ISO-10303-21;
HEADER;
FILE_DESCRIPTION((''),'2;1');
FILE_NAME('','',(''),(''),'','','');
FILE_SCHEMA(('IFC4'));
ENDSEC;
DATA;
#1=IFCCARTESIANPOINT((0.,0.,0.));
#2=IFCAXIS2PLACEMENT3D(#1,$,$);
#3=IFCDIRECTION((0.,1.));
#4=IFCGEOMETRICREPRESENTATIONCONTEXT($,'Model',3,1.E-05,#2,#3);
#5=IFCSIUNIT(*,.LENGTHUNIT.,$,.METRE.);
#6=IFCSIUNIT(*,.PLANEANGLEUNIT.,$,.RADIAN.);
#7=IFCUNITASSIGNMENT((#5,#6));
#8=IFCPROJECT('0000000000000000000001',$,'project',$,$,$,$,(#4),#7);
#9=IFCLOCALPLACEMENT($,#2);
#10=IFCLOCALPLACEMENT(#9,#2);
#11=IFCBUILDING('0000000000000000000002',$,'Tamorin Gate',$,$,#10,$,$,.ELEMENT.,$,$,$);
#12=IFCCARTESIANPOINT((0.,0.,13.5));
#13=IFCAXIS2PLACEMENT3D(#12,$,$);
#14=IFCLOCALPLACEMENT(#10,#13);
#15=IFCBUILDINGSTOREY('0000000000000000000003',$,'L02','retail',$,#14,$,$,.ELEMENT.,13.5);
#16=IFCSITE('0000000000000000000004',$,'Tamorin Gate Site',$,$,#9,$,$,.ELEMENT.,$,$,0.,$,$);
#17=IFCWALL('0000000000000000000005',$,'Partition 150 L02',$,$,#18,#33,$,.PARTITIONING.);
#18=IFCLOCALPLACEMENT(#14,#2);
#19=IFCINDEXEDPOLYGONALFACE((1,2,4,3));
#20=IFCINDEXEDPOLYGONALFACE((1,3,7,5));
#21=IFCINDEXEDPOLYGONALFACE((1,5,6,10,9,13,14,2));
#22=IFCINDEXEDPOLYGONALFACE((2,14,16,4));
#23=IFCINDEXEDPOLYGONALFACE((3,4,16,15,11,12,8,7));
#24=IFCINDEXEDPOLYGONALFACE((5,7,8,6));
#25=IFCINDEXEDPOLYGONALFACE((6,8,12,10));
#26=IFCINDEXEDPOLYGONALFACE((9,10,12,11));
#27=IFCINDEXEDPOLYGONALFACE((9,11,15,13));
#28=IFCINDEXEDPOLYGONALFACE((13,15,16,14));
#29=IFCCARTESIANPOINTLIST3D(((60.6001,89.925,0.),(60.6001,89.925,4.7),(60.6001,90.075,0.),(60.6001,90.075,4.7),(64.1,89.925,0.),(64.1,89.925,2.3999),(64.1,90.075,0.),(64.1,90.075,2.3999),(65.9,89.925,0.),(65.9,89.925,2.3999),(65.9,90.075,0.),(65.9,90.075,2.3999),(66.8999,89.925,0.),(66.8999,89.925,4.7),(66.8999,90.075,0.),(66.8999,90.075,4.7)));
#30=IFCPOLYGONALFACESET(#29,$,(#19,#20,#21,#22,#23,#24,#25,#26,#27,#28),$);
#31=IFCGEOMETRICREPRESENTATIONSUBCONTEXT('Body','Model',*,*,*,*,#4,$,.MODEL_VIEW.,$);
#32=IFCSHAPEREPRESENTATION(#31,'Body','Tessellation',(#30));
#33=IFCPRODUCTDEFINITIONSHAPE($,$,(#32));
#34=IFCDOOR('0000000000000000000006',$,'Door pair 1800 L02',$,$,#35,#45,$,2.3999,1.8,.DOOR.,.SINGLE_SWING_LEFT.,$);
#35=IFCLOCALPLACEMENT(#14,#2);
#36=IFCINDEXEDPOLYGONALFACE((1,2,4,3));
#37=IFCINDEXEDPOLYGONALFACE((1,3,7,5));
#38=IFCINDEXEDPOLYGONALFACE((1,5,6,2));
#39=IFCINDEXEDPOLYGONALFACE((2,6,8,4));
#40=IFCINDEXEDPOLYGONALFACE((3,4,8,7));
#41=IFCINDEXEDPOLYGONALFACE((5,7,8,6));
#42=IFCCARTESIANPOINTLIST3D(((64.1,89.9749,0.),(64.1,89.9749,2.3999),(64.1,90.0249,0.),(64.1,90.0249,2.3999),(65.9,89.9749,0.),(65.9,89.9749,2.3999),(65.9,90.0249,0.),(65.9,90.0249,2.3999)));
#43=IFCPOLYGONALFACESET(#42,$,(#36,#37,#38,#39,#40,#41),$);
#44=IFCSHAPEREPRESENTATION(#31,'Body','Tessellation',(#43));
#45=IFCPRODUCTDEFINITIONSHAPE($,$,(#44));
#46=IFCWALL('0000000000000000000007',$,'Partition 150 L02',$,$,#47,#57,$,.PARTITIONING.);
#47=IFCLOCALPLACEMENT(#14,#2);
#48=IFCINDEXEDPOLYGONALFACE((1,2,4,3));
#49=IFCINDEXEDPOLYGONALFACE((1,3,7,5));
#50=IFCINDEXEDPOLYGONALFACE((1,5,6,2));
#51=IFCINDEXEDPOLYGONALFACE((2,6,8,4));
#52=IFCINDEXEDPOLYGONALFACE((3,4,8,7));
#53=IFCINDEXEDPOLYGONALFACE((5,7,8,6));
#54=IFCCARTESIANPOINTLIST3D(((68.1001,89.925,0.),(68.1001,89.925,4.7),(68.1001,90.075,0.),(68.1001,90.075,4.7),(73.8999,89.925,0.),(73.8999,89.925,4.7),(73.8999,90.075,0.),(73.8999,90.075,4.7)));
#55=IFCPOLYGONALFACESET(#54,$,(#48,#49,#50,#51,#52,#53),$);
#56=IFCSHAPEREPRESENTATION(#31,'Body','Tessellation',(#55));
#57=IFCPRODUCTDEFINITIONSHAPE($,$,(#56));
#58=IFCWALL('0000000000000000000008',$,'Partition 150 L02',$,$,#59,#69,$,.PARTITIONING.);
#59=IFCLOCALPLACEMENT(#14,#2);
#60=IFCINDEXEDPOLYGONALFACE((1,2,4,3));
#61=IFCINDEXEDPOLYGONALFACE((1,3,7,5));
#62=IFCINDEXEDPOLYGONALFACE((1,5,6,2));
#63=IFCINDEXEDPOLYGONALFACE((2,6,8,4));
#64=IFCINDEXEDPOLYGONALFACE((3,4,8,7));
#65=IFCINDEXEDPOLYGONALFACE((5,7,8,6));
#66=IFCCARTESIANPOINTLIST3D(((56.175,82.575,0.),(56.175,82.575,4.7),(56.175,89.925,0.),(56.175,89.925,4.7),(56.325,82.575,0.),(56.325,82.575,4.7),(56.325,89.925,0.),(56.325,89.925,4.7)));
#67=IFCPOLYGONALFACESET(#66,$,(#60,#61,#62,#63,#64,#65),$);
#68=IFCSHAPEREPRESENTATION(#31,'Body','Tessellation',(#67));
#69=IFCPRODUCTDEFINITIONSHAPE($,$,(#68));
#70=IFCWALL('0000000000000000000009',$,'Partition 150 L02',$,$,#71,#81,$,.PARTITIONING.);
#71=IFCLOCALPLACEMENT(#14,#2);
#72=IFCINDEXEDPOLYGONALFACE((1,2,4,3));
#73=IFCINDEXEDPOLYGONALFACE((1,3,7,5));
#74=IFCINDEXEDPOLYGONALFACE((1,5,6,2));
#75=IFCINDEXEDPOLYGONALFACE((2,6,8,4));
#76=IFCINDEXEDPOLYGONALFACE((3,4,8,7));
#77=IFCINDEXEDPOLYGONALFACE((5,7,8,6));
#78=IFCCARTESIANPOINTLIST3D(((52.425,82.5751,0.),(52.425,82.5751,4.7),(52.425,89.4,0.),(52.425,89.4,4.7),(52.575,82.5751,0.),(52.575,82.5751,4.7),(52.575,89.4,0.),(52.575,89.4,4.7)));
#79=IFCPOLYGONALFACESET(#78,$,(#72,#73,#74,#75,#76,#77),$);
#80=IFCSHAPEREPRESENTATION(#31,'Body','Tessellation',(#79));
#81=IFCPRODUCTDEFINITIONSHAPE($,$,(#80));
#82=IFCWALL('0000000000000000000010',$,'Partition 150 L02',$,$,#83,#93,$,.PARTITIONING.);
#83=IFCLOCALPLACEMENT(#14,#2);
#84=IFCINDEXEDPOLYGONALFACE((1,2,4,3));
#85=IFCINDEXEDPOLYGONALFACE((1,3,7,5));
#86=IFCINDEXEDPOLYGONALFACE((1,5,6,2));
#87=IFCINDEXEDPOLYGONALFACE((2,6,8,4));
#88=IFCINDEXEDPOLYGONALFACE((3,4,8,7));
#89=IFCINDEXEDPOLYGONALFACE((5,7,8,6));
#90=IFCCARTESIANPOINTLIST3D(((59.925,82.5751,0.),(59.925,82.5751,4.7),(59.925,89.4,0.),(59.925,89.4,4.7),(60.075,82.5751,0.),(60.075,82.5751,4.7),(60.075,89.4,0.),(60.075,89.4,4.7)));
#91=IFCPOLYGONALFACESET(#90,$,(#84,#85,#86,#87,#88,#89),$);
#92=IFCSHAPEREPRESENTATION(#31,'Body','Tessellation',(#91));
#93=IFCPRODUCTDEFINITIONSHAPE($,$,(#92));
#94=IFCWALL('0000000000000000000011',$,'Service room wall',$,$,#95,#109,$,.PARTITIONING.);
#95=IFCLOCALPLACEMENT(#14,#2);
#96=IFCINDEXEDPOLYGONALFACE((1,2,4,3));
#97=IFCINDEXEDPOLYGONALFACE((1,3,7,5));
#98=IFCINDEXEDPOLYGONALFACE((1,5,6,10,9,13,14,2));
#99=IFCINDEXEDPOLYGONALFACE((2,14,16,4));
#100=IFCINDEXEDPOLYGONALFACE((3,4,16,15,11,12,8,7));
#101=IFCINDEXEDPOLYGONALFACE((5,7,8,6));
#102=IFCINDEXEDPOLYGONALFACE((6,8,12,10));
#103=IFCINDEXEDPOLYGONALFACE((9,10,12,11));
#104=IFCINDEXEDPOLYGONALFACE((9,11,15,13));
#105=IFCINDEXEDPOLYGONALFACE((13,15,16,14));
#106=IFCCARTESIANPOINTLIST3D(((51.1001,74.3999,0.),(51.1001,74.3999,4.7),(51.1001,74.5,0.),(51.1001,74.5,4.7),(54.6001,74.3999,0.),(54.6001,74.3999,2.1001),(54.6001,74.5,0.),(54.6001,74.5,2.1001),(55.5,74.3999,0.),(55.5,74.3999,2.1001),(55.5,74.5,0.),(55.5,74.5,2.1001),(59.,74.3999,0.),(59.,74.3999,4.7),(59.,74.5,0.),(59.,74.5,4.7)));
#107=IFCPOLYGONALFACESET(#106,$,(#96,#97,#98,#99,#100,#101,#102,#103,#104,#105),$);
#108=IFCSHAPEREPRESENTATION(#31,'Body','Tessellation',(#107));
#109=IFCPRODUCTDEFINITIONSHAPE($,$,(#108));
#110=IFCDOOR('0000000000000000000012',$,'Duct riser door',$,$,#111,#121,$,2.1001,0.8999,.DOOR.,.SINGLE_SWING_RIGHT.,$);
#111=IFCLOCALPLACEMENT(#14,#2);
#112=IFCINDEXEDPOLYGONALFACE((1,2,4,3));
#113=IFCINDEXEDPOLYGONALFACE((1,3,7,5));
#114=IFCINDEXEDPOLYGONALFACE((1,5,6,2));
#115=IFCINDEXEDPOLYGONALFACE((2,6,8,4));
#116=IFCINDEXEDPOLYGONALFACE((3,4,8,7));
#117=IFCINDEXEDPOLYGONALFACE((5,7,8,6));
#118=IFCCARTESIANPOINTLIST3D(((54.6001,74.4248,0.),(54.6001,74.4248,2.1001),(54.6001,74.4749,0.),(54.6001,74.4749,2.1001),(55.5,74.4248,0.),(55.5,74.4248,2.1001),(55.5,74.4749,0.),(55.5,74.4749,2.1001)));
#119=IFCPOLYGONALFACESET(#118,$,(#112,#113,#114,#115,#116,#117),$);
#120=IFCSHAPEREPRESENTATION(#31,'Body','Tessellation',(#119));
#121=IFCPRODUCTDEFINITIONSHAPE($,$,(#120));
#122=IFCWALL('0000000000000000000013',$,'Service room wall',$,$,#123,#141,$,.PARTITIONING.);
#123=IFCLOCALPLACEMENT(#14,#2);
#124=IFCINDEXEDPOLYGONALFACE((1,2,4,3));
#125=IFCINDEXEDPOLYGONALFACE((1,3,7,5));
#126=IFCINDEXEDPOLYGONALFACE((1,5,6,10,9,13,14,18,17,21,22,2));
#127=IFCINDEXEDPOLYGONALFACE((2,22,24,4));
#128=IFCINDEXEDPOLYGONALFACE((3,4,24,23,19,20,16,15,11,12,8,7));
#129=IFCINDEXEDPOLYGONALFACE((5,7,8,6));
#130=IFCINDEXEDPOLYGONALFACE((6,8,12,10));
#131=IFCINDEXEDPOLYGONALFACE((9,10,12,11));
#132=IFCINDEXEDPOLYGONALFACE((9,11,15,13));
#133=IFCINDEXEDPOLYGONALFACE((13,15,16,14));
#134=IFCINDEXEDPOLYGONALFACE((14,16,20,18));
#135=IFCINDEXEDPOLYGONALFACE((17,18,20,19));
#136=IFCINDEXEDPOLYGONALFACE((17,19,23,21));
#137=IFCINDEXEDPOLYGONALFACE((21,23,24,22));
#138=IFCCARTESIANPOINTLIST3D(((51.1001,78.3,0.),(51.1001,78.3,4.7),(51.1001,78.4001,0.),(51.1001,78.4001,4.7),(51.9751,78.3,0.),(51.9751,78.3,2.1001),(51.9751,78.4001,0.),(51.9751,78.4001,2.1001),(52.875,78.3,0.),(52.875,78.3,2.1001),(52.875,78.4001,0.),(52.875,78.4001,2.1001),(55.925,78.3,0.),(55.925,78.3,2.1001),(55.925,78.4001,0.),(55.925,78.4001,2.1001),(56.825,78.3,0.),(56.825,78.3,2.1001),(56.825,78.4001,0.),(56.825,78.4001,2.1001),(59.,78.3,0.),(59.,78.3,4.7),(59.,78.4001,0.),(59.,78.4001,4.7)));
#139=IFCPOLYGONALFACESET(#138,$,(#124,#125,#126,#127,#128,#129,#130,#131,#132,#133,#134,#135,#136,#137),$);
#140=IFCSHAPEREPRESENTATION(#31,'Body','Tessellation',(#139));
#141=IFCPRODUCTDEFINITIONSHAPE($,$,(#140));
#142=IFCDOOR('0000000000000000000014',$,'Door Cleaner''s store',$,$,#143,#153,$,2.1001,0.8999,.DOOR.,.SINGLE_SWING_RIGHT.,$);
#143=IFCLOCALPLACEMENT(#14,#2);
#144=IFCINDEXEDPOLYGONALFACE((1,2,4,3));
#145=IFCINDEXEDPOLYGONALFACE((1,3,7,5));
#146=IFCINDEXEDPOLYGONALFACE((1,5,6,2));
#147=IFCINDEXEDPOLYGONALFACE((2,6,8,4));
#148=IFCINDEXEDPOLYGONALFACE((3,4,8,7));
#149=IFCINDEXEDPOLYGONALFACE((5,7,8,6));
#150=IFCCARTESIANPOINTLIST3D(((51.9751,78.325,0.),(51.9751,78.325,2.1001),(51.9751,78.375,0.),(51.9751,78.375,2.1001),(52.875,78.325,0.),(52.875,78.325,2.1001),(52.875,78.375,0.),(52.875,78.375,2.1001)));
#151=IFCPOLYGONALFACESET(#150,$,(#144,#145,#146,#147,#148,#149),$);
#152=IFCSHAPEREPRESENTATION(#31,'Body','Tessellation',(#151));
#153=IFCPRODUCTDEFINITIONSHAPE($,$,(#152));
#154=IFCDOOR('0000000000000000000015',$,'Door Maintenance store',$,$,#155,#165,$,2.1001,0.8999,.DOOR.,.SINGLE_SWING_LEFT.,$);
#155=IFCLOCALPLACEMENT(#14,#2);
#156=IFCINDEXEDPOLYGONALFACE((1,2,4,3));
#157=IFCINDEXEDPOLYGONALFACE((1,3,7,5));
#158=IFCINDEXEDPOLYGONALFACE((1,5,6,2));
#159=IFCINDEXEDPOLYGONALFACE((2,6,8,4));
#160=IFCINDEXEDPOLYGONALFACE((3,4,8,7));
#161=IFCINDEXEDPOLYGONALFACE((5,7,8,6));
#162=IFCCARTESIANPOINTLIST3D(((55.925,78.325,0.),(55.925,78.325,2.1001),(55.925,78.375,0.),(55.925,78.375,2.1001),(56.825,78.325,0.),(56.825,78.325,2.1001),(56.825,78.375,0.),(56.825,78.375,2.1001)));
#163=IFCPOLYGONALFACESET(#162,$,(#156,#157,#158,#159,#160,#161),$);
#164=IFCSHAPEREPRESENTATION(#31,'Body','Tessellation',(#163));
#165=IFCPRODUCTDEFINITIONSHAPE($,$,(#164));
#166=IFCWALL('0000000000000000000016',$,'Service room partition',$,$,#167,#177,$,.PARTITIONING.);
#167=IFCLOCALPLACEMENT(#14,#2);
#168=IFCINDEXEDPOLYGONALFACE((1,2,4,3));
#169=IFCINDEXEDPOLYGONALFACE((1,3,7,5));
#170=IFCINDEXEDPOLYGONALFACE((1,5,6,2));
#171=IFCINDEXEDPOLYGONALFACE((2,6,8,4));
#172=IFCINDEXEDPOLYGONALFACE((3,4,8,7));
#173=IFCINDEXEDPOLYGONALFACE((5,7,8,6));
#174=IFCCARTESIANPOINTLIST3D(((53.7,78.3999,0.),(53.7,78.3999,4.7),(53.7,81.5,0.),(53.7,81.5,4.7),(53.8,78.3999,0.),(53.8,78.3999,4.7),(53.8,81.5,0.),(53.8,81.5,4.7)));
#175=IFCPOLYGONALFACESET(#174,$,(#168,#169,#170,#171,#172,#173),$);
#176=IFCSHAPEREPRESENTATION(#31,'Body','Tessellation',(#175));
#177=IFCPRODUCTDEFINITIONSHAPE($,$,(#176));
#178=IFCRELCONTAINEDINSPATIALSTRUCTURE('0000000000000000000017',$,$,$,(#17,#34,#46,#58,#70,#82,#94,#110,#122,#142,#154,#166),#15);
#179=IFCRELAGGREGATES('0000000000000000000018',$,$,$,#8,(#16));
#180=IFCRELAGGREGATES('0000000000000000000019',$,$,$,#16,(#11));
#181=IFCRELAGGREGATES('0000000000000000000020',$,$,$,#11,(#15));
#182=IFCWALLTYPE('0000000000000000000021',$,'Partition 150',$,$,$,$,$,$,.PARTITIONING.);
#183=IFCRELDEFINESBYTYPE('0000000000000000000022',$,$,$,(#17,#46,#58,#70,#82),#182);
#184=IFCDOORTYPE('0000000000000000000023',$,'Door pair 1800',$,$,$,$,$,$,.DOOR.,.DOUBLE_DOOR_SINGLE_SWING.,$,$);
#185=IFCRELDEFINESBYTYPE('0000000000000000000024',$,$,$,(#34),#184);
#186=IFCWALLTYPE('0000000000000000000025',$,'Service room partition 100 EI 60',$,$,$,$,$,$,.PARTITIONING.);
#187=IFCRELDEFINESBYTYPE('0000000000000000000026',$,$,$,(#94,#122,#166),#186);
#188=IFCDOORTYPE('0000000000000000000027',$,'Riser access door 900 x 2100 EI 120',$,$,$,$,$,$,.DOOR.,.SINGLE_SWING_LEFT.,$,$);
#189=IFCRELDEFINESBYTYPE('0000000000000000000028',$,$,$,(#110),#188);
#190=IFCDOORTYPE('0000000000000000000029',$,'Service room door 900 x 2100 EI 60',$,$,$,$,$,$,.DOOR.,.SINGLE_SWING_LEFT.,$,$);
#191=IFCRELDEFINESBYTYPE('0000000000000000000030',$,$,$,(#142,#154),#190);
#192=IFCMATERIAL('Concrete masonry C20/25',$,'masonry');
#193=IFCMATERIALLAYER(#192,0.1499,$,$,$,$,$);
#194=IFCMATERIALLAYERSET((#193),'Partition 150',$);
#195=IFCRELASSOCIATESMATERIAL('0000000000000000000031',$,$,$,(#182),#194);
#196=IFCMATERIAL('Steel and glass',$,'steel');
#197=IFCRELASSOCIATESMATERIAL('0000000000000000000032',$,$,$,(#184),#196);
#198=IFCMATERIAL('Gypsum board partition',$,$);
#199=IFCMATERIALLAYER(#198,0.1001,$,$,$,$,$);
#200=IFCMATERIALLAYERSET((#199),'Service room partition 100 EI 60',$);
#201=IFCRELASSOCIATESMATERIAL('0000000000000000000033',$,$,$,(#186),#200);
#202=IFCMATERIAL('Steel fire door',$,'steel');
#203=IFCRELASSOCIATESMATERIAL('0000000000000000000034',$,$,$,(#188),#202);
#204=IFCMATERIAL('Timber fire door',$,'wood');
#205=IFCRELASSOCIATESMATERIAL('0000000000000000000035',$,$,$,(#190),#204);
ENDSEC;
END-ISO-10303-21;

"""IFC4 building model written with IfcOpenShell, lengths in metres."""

from ifc_helpers import new_model, si_unit, direction, frame, frame_2d, origin, place, context, subcontext, project, spatial, rectangle, extrude, material, layer, layer_set, type_object, element, fill, save


model = new_model("IFC4")

# Units and contexts
model_context = context("Model", 3, precision=1e-05, world=origin(), true_north=direction((0.0, 1.0)))
body_context = subcontext(model_context, "Body", "Model", "MODEL_VIEW")
ifc_project = project(units=[si_unit("LENGTHUNIT", "METRE"), si_unit("PLANEANGLEUNIT", "RADIAN")], contexts=[model_context])

# Site, building, storey
site_placement = place(None, origin())
site = spatial("IfcSite", under=ifc_project, at=site_placement, Name="Tamorin Gate Site", CompositionType="ELEMENT", RefElevation=0.0)
building_placement = place(site_placement, origin())
building = spatial("IfcBuilding", under=site, at=building_placement, Name="Tamorin Gate", CompositionType="ELEMENT")
storey_placement = place(building_placement, frame((0.0, 0.0, 13.5)))
storey = spatial("IfcBuildingStorey", under=building, at=storey_placement, Name="L02", Description="retail", CompositionType="ELEMENT", Elevation=13.5)

# Wall, opening, door
ifc_material_1 = material(Name="Concrete masonry C20/25", Category="masonry")
ifc_layer_1 = layer(ifc_material_1, 0.1499)
ifc_layer_set_1 = layer_set([ifc_layer_1], Name="Partition 150")
wall_type_1 = type_object("IfcWallType", Name="Partition 150", PredefinedType="PARTITIONING", material=ifc_layer_set_1)
wall_1_placement = place(storey_placement, frame((60.6001, 90.0, 0.0), z_axis=(0.0, 0.0, 1.0), x_axis=(1.0, 0.0, 0.0)))
wall_1 = element("IfcWall", 1, at=wall_1_placement, inside=storey, type_object=wall_type_1, Name="Partition 150 L02", PredefinedType="PARTITIONING", context=body_context, shape_type="SweptSolid", body=[
    extrude(rectangle(XDim=6.2998, YDim=0.1499, at=frame_2d((3.1499, 0.0))), origin(), (0.0, 0.0, 1.0), 4.7),
])
opening_1_placement = place(wall_1_placement, frame((3.5, 0.0, 0.0)))
opening_1 = element("IfcOpeningElement", 2, at=opening_1_placement, cuts=wall_1, PredefinedType="OPENING", context=body_context, shape_type="SweptSolid", body=[
    extrude(rectangle(XDim=1.8, YDim=2.3999, at=frame_2d((0.8999, 1.2))), frame((0.0, 0.085, 0.0), z_axis=(0.0, -1.0, 0.0), x_axis=(1.0, 0.0, 0.0)), (0.0, 0.0, 1.0), 0.1699),
])
ifc_material_2 = material(Name="Steel and glass", Category="steel")
door_type_1 = type_object("IfcDoorType", Name="Door pair 1800", OperationType="DOUBLE_DOOR_SINGLE_SWING", PredefinedType="DOOR", material=ifc_material_2)
door_1_placement = place(opening_1_placement, origin())
door_1 = element("IfcDoor", 3, at=door_1_placement, inside=storey, type_object=door_type_1, Name="Door pair 1800 L02", OperationType="SINGLE_SWING_LEFT", OverallHeight=2.3999, OverallWidth=1.8, PredefinedType="DOOR", context=body_context, shape_type="SweptSolid", body=[
    extrude(rectangle(XDim=1.8, YDim=2.3999, at=frame_2d((0.8999, 1.2))), frame((0.0, 0.0249, 0.0), z_axis=(0.0, -1.0, 0.0), x_axis=(1.0, 0.0, 0.0)), (0.0, 0.0, 1.0), 0.05),
])
fill(opening_1, door_1)

# Walls
wall_2_placement = place(storey_placement, frame((68.1001, 90.0, 0.0), z_axis=(0.0, 0.0, 1.0), x_axis=(1.0, 0.0, 0.0)))
element("IfcWall", 4, at=wall_2_placement, inside=storey, type_object=wall_type_1, Name="Partition 150 L02", PredefinedType="PARTITIONING", context=body_context, shape_type="SweptSolid", body=[
    extrude(rectangle(XDim=5.7998, YDim=0.1499, at=frame_2d((2.8999, 0.0))), origin(), (0.0, 0.0, 1.0), 4.7),
])
wall_3_placement = place(storey_placement, frame((56.25, 82.575, 0.0), z_axis=(0.0, 0.0, 1.0), x_axis=(0.0, 1.0, 0.0)))
element("IfcWall", 5, at=wall_3_placement, inside=storey, type_object=wall_type_1, Name="Partition 150 L02", PredefinedType="PARTITIONING", context=body_context, shape_type="SweptSolid", body=[
    extrude(rectangle(XDim=7.3501, YDim=0.1499, at=frame_2d((3.675, 0.0))), origin(), (0.0, 0.0, 1.0), 4.7),
])
for number, where, z_axis, x_axis, name in (
    (6, (52.5, 82.575, 0.0), (0.0, 0.0, 1.0), (0.0, 1.0, 0.0), "Partition 150 L02"),
    (7, (60.0, 82.575, 0.0), (0.0, 0.0, 1.0), (0.0, 1.0, 0.0), "Partition 150 L02"),
):
    element("IfcWall", number, at=place(storey_placement, frame(where, z_axis=z_axis, x_axis=x_axis)), inside=storey, type_object=wall_type_1, Name=name, PredefinedType="PARTITIONING", context=body_context, shape_type="SweptSolid", body=[
        extrude(rectangle(XDim=6.825, YDim=0.1499, at=frame_2d((3.4126, 0.0))), origin(), (0.0, 0.0, 1.0), 4.7),
    ])

# Wall, opening, door
ifc_material_3 = material(Name="Gypsum board partition")
ifc_layer_2 = layer(ifc_material_3, 0.1001)
ifc_layer_set_2 = layer_set([ifc_layer_2], Name="Service room partition 100 EI 60")
wall_type_2 = type_object("IfcWallType", Name="Service room partition 100 EI 60", PredefinedType="PARTITIONING", material=ifc_layer_set_2)
wall_4_placement = place(storey_placement, frame((51.1001, 74.45, 0.0), z_axis=(0.0, 0.0, 1.0), x_axis=(1.0, 0.0, 0.0)))
wall_4 = element("IfcWall", 8, at=wall_4_placement, inside=storey, type_object=wall_type_2, Name="Service room wall", PredefinedType="PARTITIONING", context=body_context, shape_type="SweptSolid", body=[
    extrude(rectangle(XDim=7.8999, YDim=0.1001, at=frame_2d((3.95, 0.0))), origin(), (0.0, 0.0, 1.0), 4.7),
])
opening_2_placement = place(wall_4_placement, frame((3.5, 0.0, 0.0)))
opening_2 = element("IfcOpeningElement", 9, at=opening_2_placement, cuts=wall_4, PredefinedType="OPENING", context=body_context, shape_type="SweptSolid", body=[
    extrude(rectangle(XDim=0.8999, YDim=2.1001, at=frame_2d((0.45, 1.05))), frame((0.0, 0.0601, 0.0), z_axis=(0.0, -1.0, 0.0), x_axis=(1.0, 0.0, 0.0)), (0.0, 0.0, 1.0), 0.1201),
])
ifc_material_4 = material(Name="Steel fire door", Category="steel")
door_type_2 = type_object("IfcDoorType", Name="Riser access door 900 x 2100 EI 120", OperationType="SINGLE_SWING_LEFT", PredefinedType="DOOR", material=ifc_material_4)
door_2_placement = place(opening_2_placement, origin())
door_2 = element("IfcDoor", 10, at=door_2_placement, inside=storey, type_object=door_type_2, Name="Duct riser door", OperationType="SINGLE_SWING_RIGHT", OverallHeight=2.1001, OverallWidth=0.8999, PredefinedType="DOOR", context=body_context, shape_type="SweptSolid", body=[
    extrude(rectangle(XDim=0.8999, YDim=2.1001, at=frame_2d((0.45, 1.05))), frame((0.0, 0.0249, 0.0), z_axis=(0.0, -1.0, 0.0), x_axis=(1.0, 0.0, 0.0)), (0.0, 0.0, 1.0), 0.05),
])
fill(opening_2, door_2)

# Wall, openings, doors
wall_5_placement = place(storey_placement, frame((51.1001, 78.3501, 0.0), z_axis=(0.0, 0.0, 1.0), x_axis=(1.0, 0.0, 0.0)))
wall_5 = element("IfcWall", 11, at=wall_5_placement, inside=storey, type_object=wall_type_2, Name="Service room wall", PredefinedType="PARTITIONING", context=body_context, shape_type="SweptSolid", body=[
    extrude(rectangle(XDim=7.8999, YDim=0.1001, at=frame_2d((3.95, 0.0))), origin(), (0.0, 0.0, 1.0), 4.7),
])
opening_3_placement = place(wall_5_placement, frame((0.875, 0.0, 0.0)))
opening_3 = element("IfcOpeningElement", 12, at=opening_3_placement, cuts=wall_5, PredefinedType="OPENING", context=body_context, shape_type="SweptSolid", body=[
    extrude(rectangle(XDim=0.8999, YDim=2.1001, at=frame_2d((0.45, 1.05))), frame((0.0, 0.0601, 0.0), z_axis=(0.0, -1.0, 0.0), x_axis=(1.0, 0.0, 0.0)), (0.0, 0.0, 1.0), 0.1201),
])
opening_4_placement = place(wall_5_placement, frame((4.825, 0.0, 0.0)))
opening_4 = element("IfcOpeningElement", 13, at=opening_4_placement, cuts=wall_5, PredefinedType="OPENING", context=body_context, shape_type="SweptSolid", body=[
    extrude(rectangle(XDim=0.8999, YDim=2.1001, at=frame_2d((0.45, 1.05))), frame((0.0, 0.0601, 0.0), z_axis=(0.0, -1.0, 0.0), x_axis=(1.0, 0.0, 0.0)), (0.0, 0.0, 1.0), 0.1201),
])
ifc_material_5 = material(Name="Timber fire door", Category="wood")
door_type_3 = type_object("IfcDoorType", Name="Service room door 900 x 2100 EI 60", OperationType="SINGLE_SWING_LEFT", PredefinedType="DOOR", material=ifc_material_5)
door_3_placement = place(opening_3_placement, origin())
door_3 = element("IfcDoor", 14, at=door_3_placement, inside=storey, type_object=door_type_3, Name="Door Cleaner's store", OperationType="SINGLE_SWING_RIGHT", OverallHeight=2.1001, OverallWidth=0.8999, PredefinedType="DOOR", context=body_context, shape_type="SweptSolid", body=[
    extrude(rectangle(XDim=0.8999, YDim=2.1001, at=frame_2d((0.45, 1.05))), frame((0.0, 0.0249, 0.0), z_axis=(0.0, -1.0, 0.0), x_axis=(1.0, 0.0, 0.0)), (0.0, 0.0, 1.0), 0.05),
])
fill(opening_3, door_3)
door_4_placement = place(opening_4_placement, origin())
door_4 = element("IfcDoor", 15, at=door_4_placement, inside=storey, type_object=door_type_3, Name="Door Maintenance store", OperationType="SINGLE_SWING_LEFT", OverallHeight=2.1001, OverallWidth=0.8999, PredefinedType="DOOR", context=body_context, shape_type="SweptSolid", body=[
    extrude(rectangle(XDim=0.8999, YDim=2.1001, at=frame_2d((0.45, 1.05))), frame((0.0, 0.0249, 0.0), z_axis=(0.0, -1.0, 0.0), x_axis=(1.0, 0.0, 0.0)), (0.0, 0.0, 1.0), 0.05),
])
fill(opening_4, door_4)

# Wall
wall_6_placement = place(storey_placement, frame((53.75, 78.3999, 0.0), z_axis=(0.0, 0.0, 1.0), x_axis=(0.0, 1.0, 0.0)))
element("IfcWall", 16, at=wall_6_placement, inside=storey, type_object=wall_type_2, Name="Service room partition", PredefinedType="PARTITIONING", context=body_context, shape_type="SweptSolid", body=[
    extrude(rectangle(XDim=3.1001, YDim=0.1001, at=frame_2d((1.55, 0.0))), origin(), (0.0, 0.0, 1.0), 4.7),
])

save(model, "model.ifc")
